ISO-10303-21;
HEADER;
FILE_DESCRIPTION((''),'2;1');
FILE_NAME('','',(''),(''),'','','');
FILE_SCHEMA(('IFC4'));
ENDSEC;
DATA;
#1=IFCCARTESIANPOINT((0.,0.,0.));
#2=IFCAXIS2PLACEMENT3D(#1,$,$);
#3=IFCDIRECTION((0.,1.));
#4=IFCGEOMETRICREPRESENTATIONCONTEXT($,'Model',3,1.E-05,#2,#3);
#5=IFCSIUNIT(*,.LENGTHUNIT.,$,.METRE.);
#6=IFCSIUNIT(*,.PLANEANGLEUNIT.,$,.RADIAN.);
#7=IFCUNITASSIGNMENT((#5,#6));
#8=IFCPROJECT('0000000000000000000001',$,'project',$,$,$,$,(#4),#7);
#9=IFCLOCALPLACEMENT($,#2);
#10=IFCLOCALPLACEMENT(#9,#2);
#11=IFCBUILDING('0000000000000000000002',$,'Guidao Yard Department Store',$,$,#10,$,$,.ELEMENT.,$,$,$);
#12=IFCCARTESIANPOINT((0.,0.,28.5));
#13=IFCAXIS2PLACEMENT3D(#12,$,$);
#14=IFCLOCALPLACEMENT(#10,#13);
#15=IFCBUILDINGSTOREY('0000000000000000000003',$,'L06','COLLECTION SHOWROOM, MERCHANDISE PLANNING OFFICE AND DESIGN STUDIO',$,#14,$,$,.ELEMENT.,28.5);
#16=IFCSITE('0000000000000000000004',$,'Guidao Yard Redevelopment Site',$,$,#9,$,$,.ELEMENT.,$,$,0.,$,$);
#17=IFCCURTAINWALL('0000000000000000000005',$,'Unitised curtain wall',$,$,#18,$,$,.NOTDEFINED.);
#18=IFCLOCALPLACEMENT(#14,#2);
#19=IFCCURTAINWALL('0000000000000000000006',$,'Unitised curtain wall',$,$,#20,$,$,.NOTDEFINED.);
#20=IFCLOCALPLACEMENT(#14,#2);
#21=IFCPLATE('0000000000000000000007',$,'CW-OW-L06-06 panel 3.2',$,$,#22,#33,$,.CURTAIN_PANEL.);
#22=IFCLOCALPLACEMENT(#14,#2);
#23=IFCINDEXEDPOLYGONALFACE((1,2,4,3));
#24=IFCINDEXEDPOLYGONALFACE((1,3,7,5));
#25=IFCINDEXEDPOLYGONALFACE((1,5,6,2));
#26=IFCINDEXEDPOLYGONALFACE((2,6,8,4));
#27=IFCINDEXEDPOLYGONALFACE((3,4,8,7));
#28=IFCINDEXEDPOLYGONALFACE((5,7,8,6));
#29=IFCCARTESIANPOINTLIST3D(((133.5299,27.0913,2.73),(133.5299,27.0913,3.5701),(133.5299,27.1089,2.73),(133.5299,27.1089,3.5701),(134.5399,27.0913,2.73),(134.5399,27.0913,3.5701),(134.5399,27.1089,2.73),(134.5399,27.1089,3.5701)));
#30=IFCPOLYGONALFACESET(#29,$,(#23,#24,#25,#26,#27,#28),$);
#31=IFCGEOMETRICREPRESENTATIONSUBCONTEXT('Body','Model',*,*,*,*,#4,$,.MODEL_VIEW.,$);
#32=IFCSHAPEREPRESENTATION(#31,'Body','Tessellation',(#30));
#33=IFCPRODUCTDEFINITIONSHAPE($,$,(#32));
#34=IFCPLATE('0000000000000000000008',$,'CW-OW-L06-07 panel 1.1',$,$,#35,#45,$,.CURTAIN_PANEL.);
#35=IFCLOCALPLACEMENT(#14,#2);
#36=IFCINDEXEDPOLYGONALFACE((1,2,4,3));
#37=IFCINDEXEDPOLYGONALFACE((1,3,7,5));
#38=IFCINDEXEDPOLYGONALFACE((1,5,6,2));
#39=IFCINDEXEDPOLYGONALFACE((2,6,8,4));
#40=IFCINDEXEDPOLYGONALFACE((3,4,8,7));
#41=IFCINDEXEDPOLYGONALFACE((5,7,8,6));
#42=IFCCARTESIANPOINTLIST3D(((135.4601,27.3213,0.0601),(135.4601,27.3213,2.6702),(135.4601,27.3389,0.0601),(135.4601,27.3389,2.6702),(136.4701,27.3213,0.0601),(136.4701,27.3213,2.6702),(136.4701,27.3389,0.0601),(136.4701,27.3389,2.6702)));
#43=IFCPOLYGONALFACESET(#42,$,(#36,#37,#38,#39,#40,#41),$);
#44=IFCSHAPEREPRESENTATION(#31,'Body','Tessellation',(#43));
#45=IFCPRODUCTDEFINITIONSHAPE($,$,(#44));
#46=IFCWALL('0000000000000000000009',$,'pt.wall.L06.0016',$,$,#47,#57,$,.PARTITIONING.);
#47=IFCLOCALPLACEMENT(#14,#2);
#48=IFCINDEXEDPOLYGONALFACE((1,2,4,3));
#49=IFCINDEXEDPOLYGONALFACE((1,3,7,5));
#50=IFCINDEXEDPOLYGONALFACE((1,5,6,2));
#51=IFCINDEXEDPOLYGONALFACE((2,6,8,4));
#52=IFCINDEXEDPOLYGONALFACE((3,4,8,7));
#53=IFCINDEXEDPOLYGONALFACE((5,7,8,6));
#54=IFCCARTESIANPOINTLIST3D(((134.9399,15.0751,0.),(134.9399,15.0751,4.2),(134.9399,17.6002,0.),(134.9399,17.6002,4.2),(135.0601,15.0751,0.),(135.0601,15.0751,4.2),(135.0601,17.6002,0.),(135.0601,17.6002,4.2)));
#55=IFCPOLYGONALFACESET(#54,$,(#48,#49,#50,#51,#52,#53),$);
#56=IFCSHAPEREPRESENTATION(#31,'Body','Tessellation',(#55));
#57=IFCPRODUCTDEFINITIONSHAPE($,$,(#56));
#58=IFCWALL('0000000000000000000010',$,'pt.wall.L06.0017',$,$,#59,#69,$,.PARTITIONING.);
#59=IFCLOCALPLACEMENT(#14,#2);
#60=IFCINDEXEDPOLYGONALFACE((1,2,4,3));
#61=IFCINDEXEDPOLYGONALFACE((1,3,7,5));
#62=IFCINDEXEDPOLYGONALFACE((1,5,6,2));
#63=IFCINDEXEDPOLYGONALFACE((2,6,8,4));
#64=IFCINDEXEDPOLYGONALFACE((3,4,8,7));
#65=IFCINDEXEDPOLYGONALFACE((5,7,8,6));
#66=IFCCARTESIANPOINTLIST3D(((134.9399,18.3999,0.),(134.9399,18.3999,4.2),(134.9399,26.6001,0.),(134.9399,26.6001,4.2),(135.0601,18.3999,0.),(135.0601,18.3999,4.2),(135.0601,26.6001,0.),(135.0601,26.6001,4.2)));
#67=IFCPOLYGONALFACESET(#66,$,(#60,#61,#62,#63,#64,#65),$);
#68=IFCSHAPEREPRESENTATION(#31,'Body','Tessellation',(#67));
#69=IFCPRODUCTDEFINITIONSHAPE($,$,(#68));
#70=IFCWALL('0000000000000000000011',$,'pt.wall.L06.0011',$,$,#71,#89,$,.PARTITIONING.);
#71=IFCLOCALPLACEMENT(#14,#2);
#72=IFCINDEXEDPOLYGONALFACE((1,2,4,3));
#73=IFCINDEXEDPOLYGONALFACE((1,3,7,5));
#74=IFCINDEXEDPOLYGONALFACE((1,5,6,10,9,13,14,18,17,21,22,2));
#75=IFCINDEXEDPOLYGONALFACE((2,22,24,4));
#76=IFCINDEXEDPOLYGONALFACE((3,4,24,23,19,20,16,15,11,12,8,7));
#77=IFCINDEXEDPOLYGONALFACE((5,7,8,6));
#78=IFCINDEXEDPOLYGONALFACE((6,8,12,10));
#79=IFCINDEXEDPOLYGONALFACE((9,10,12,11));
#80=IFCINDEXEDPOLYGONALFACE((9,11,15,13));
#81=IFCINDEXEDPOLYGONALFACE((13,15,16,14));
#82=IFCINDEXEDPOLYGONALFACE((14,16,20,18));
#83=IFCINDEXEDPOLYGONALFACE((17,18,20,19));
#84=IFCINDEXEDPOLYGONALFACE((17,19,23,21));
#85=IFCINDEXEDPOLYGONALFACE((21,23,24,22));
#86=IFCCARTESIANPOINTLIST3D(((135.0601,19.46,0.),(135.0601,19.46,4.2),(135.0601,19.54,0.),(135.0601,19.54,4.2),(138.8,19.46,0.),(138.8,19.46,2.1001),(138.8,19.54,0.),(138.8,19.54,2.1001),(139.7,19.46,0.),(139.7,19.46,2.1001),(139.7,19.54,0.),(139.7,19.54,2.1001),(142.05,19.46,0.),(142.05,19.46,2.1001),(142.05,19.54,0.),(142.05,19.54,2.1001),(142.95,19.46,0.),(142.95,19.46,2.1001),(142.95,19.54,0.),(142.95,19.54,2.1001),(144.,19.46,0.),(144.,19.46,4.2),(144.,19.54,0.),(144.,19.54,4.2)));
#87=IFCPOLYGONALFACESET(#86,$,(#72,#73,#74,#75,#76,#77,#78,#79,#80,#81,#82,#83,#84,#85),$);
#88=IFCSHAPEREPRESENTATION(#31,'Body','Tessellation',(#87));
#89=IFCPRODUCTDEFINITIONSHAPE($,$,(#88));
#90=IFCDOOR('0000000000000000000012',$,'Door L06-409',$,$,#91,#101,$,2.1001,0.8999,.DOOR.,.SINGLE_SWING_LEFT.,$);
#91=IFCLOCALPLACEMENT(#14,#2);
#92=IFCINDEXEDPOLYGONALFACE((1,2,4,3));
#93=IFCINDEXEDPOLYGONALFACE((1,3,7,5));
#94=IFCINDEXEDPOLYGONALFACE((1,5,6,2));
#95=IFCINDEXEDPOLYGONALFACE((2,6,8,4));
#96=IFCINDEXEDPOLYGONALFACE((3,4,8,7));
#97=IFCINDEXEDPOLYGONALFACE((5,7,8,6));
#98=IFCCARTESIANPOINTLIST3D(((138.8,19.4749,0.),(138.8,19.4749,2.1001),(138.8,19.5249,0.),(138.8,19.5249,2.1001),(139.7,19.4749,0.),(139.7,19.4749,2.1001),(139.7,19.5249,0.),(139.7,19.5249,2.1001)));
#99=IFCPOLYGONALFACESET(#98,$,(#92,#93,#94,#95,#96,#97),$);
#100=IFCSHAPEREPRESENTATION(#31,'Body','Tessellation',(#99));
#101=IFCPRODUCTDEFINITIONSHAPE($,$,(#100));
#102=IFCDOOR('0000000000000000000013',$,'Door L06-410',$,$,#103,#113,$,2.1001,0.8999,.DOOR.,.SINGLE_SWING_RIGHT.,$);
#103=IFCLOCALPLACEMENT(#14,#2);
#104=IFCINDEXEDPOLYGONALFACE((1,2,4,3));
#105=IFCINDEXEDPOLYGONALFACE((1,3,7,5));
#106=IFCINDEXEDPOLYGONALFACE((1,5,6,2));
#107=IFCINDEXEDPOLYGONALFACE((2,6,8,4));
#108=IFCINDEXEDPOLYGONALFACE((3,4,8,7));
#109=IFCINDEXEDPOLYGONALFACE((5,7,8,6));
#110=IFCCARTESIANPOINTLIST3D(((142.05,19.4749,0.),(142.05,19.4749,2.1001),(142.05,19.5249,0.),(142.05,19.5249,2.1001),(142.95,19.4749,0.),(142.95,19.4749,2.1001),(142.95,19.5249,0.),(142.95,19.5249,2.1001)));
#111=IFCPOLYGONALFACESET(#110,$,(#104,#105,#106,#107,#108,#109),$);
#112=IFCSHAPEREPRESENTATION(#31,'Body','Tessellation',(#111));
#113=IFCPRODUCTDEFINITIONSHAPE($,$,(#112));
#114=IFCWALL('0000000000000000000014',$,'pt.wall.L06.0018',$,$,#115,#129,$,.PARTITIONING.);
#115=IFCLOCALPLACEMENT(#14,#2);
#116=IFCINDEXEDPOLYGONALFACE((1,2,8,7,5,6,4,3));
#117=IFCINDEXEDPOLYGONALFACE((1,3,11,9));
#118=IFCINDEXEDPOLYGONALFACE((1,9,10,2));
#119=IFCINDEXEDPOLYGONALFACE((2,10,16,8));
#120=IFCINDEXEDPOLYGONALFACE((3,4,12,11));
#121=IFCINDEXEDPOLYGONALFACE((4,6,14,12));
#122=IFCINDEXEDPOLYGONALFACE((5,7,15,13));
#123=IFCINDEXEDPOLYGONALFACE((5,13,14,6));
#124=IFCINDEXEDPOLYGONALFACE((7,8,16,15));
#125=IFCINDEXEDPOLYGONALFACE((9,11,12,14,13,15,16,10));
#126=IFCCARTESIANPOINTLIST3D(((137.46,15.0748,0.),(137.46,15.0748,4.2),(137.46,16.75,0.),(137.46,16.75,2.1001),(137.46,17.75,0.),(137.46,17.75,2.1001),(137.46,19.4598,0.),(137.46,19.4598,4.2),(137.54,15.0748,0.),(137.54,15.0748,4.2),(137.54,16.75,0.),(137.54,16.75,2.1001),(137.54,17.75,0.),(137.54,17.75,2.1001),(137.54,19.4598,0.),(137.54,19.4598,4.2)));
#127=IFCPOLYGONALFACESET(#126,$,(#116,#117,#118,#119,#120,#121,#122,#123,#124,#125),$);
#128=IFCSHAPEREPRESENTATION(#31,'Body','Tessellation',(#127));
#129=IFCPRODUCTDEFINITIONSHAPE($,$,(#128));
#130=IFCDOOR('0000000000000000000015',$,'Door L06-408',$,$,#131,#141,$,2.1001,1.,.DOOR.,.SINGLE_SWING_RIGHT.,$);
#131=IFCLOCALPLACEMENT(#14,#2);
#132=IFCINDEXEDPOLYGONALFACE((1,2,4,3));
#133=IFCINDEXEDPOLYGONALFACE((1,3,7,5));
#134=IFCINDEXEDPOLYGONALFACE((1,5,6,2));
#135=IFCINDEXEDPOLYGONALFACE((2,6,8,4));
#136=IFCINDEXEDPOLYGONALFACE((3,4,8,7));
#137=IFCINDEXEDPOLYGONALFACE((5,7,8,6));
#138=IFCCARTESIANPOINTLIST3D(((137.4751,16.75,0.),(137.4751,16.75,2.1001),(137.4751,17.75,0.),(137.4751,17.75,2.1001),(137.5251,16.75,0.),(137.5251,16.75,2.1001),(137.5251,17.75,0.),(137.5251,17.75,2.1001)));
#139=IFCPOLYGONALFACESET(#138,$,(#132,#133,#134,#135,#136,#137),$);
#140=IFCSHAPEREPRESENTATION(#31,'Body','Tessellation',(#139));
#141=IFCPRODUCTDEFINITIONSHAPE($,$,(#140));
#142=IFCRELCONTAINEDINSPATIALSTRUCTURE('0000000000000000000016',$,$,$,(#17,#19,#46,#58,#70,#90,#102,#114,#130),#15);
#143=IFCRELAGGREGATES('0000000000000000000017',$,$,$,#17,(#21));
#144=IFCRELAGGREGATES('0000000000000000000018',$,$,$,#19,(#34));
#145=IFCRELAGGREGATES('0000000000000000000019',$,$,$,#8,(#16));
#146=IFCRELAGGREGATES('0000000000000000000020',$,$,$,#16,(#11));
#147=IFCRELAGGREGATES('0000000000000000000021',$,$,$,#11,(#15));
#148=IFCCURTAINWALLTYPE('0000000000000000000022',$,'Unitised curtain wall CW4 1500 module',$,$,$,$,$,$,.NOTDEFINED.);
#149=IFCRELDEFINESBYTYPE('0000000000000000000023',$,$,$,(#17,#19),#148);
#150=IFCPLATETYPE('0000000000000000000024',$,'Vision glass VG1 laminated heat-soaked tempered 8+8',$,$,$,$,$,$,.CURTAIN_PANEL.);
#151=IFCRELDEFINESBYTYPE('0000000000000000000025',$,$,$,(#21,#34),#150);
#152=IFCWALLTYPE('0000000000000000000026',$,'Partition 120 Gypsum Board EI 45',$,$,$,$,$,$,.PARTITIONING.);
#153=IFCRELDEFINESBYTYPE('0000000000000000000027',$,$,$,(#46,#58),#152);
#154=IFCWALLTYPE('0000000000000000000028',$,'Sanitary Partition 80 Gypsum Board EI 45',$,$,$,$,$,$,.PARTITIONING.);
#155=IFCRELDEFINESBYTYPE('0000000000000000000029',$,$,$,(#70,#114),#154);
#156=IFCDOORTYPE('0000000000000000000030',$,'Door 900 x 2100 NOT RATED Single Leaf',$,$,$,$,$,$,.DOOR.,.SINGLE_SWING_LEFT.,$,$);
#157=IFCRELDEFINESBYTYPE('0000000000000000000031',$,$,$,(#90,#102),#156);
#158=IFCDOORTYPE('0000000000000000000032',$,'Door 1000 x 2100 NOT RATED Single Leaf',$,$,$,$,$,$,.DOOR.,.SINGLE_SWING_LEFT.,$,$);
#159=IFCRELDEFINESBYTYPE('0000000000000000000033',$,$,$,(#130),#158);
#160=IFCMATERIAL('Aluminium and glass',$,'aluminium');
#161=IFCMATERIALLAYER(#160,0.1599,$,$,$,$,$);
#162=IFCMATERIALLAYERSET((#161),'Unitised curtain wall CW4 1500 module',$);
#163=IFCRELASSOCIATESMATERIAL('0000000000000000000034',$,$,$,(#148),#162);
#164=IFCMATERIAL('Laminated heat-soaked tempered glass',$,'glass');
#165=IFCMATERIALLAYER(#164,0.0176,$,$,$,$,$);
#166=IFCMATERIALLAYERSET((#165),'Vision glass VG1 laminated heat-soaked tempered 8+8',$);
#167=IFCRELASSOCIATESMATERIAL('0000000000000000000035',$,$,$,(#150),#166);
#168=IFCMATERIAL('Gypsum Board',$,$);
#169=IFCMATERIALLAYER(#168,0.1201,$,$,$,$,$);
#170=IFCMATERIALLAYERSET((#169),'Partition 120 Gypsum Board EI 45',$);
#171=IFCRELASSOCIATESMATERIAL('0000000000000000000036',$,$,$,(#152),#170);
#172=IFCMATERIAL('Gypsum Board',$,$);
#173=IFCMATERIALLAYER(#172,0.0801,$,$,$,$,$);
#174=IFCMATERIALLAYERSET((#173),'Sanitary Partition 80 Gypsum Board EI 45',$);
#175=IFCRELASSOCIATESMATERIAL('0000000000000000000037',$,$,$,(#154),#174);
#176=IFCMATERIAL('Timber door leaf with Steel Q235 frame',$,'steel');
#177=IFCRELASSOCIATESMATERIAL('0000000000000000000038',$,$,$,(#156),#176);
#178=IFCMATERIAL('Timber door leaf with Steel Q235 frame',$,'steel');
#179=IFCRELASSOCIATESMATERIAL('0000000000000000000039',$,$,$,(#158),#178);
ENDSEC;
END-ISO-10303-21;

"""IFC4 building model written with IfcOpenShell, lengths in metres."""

from ifc_helpers import new_model, si_unit, direction, frame, frame_2d, origin, origin_2d, place, context, subcontext, project, spatial, rectangle, extrude, material, layer, layer_set, type_object, element, fill, aggregate, save


model = new_model("IFC4")

# Units and contexts
model_context = context("Model", 3, precision=1e-05, world=origin(), true_north=direction((0.0, 1.0)))
body_context = subcontext(model_context, "Body", "Model", "MODEL_VIEW")
ifc_project = project(units=[si_unit("LENGTHUNIT", "METRE"), si_unit("PLANEANGLEUNIT", "RADIAN")], contexts=[model_context])

# Site, building, storey
site_placement = place(None, origin())
site = spatial("IfcSite", under=ifc_project, at=site_placement, Name="Guidao Yard Redevelopment Site", CompositionType="ELEMENT", RefElevation=0.0)
building_placement = place(site_placement, origin())
building = spatial("IfcBuilding", under=site, at=building_placement, Name="Guidao Yard Department Store", CompositionType="ELEMENT")
storey_placement = place(building_placement, frame((0.0, 0.0, 28.5)))
storey = spatial("IfcBuildingStorey", under=building, at=storey_placement, Name="L06", Description="COLLECTION SHOWROOM, MERCHANDISE PLANNING OFFICE AND DESIGN STUDIO", CompositionType="ELEMENT", Elevation=28.5)

# Curtain walls
ifc_material_1 = material(Name="Aluminium and glass", Category="aluminium")
ifc_layer_1 = layer(ifc_material_1, 0.1599)
ifc_layer_set_1 = layer_set([ifc_layer_1], Name="Unitised curtain wall CW4 1500 module")
curtain_wall_type = type_object("IfcCurtainWallType", Name="Unitised curtain wall CW4 1500 module", PredefinedType="NOTDEFINED", material=ifc_layer_set_1)
curtain_wall_1_placement = place(storey_placement, origin())
curtain_wall_1 = element("IfcCurtainWall", 1, at=curtain_wall_1_placement, inside=storey, type_object=curtain_wall_type, Name="Unitised curtain wall", PredefinedType="NOTDEFINED")
curtain_wall_2_placement = place(storey_placement, origin())
curtain_wall_2 = element("IfcCurtainWall", 2, at=curtain_wall_2_placement, inside=storey, type_object=curtain_wall_type, Name="Unitised curtain wall", PredefinedType="NOTDEFINED")

# Plates
ifc_material_2 = material(Name="Laminated heat-soaked tempered glass", Category="glass")
ifc_layer_2 = layer(ifc_material_2, 0.0176)
ifc_layer_set_2 = layer_set([ifc_layer_2], Name="Vision glass VG1 laminated heat-soaked tempered 8+8")
plate_type_1 = type_object("IfcPlateType", Name="Vision glass VG1 laminated heat-soaked tempered 8+8", PredefinedType="CURTAIN_PANEL", material=ifc_layer_set_2)
plate_1_placement = place(storey_placement, frame((134.0349, 27.1001, 2.73), z_axis=(0.0, 0.0, 1.0), x_axis=(1.0, 0.0, 0.0)))
plate_1 = element("IfcPlate", 3, at=plate_1_placement, type_object=plate_type_1, Name="CW-OW-L06-06 panel 3.2", PredefinedType="CURTAIN_PANEL", context=body_context, shape_type="SweptSolid", body=[
    extrude(rectangle(XDim=1.01, YDim=0.0176, at=origin_2d()), origin(), (0.0, 0.0, 1.0), 0.8401),
])
aggregate(curtain_wall_1, [plate_1])
plate_2_placement = place(storey_placement, frame((135.9651, 27.3301, 0.0601), z_axis=(0.0, 0.0, 1.0), x_axis=(1.0, 0.0, 0.0)))
plate_2 = element("IfcPlate", 4, at=plate_2_placement, type_object=plate_type_1, Name="CW-OW-L06-07 panel 1.1", PredefinedType="CURTAIN_PANEL", context=body_context, shape_type="SweptSolid", body=[
    extrude(rectangle(XDim=1.01, YDim=0.0176, at=origin_2d()), origin(), (0.0, 0.0, 1.0), 2.6101),
])
aggregate(curtain_wall_2, [plate_2])

# Walls
ifc_material_3 = material(Name="Gypsum Board")
ifc_layer_3 = layer(ifc_material_3, 0.1201)
ifc_layer_set_3 = layer_set([ifc_layer_3], Name="Partition 120 Gypsum Board EI 45")
wall_type_1 = type_object("IfcWallType", Name="Partition 120 Gypsum Board EI 45", PredefinedType="PARTITIONING", material=ifc_layer_set_3)
wall_1_placement = place(storey_placement, frame((135.0, 15.075, 0.0), z_axis=(0.0, 0.0, 1.0), x_axis=(0.0, 1.0, 0.0)))
element("IfcWall", 5, at=wall_1_placement, inside=storey, type_object=wall_type_1, Name="pt.wall.L06.0016", PredefinedType="PARTITIONING", context=body_context, shape_type="SweptSolid", body=[
    extrude(rectangle(XDim=2.5251, YDim=0.1201, at=frame_2d((1.2627, 0.0))), origin(), (0.0, 0.0, 1.0), 4.2),
])
wall_2_placement = place(storey_placement, frame((135.0, 18.3999, 0.0), z_axis=(0.0, 0.0, 1.0), x_axis=(0.0, 1.0, 0.0)))
element("IfcWall", 6, at=wall_2_placement, inside=storey, type_object=wall_type_1, Name="pt.wall.L06.0017", PredefinedType="PARTITIONING", context=body_context, shape_type="SweptSolid", body=[
    extrude(rectangle(XDim=8.2002, YDim=0.1201, at=frame_2d((4.1001, 0.0))), origin(), (0.0, 0.0, 1.0), 4.2),
])

# Wall, openings, doors
ifc_material_4 = material(Name="Gypsum Board")
ifc_layer_4 = layer(ifc_material_4, 0.0801)
ifc_layer_set_4 = layer_set([ifc_layer_4], Name="Sanitary Partition 80 Gypsum Board EI 45")
wall_type_2 = type_object("IfcWallType", Name="Sanitary Partition 80 Gypsum Board EI 45", PredefinedType="PARTITIONING", material=ifc_layer_set_4)
wall_3_placement = place(storey_placement, frame((135.0601, 19.5, 0.0), z_axis=(0.0, 0.0, 1.0), x_axis=(1.0, 0.0, 0.0)))
wall_3 = element("IfcWall", 7, at=wall_3_placement, inside=storey, type_object=wall_type_2, Name="pt.wall.L06.0011", PredefinedType="PARTITIONING", context=body_context, shape_type="SweptSolid", body=[
    extrude(rectangle(XDim=8.9399, YDim=0.0801, at=frame_2d((4.47, 0.0))), origin(), (0.0, 0.0, 1.0), 4.2),
])
opening_1_placement = place(wall_3_placement, frame((3.74, 0.0, 0.0)))
opening_1 = element("IfcOpeningElement", 8, at=opening_1_placement, cuts=wall_3, PredefinedType="OPENING", context=body_context, shape_type="SweptSolid", body=[
    extrude(rectangle(XDim=0.8999, YDim=2.1001, at=frame_2d((0.45, 1.05))), frame((0.0, 0.05, 0.0), z_axis=(0.0, -1.0, 0.0), x_axis=(1.0, 0.0, 0.0)), (0.0, 0.0, 1.0), 0.1001),
])
opening_2_placement = place(wall_3_placement, frame((6.99, 0.0, 0.0)))
opening_2 = element("IfcOpeningElement", 9, at=opening_2_placement, cuts=wall_3, PredefinedType="OPENING", context=body_context, shape_type="SweptSolid", body=[
    extrude(rectangle(XDim=0.8999, YDim=2.1001, at=frame_2d((0.45, 1.05))), frame((0.0, 0.05, 0.0), z_axis=(0.0, -1.0, 0.0), x_axis=(1.0, 0.0, 0.0)), (0.0, 0.0, 1.0), 0.1001),
])
ifc_material_5 = material(Name="Timber door leaf with Steel Q235 frame", Category="steel")
door_type_1 = type_object("IfcDoorType", Name="Door 900 x 2100 NOT RATED Single Leaf", OperationType="SINGLE_SWING_LEFT", PredefinedType="DOOR", material=ifc_material_5)
door_1_placement = place(opening_1_placement, origin())
door_1 = element("IfcDoor", 10, at=door_1_placement, inside=storey, type_object=door_type_1, Name="Door L06-409", OperationType="SINGLE_SWING_LEFT", OverallHeight=2.1001, OverallWidth=0.8999, PredefinedType="DOOR", context=body_context, shape_type="SweptSolid", body=[
    extrude(rectangle(XDim=0.8999, YDim=2.1001, at=frame_2d((0.45, 1.05))), frame((0.0, 0.0249, 0.0), z_axis=(0.0, -1.0, 0.0), x_axis=(1.0, 0.0, 0.0)), (0.0, 0.0, 1.0), 0.05),
])
fill(opening_1, door_1)
door_2_placement = place(opening_2_placement, origin())
door_2 = element("IfcDoor", 11, at=door_2_placement, inside=storey, type_object=door_type_1, Name="Door L06-410", OperationType="SINGLE_SWING_RIGHT", OverallHeight=2.1001, OverallWidth=0.8999, PredefinedType="DOOR", context=body_context, shape_type="SweptSolid", body=[
    extrude(rectangle(XDim=0.8999, YDim=2.1001, at=frame_2d((0.45, 1.05))), frame((0.0, 0.0249, 0.0), z_axis=(0.0, -1.0, 0.0), x_axis=(1.0, 0.0, 0.0)), (0.0, 0.0, 1.0), 0.05),
])
fill(opening_2, door_2)

# Wall, opening, door
wall_4_placement = place(storey_placement, frame((137.5, 15.075, 0.0), z_axis=(0.0, 0.0, 1.0), x_axis=(0.0, 1.0, 0.0)))
wall_4 = element("IfcWall", 12, at=wall_4_placement, inside=storey, type_object=wall_type_2, Name="pt.wall.L06.0018", PredefinedType="PARTITIONING", context=body_context, shape_type="SweptSolid", body=[
    extrude(rectangle(XDim=4.385, YDim=0.0801, at=frame_2d((2.1924, 0.0))), origin(), (0.0, 0.0, 1.0), 4.2),
])
opening_3_placement = place(wall_4_placement, frame((1.675, 0.0, 0.0)))
opening_3 = element("IfcOpeningElement", 13, at=opening_3_placement, cuts=wall_4, PredefinedType="OPENING", context=body_context, shape_type="SweptSolid", body=[
    extrude(rectangle(XDim=1.0, YDim=2.1001, at=frame_2d((0.5, 1.05))), frame((0.0, 0.05, 0.0), z_axis=(0.0, -1.0, 0.0), x_axis=(1.0, 0.0, 0.0)), (0.0, 0.0, 1.0), 0.1001),
])
ifc_material_6 = material(Name="Timber door leaf with Steel Q235 frame", Category="steel")
door_type_2 = type_object("IfcDoorType", Name="Door 1000 x 2100 NOT RATED Single Leaf", OperationType="SINGLE_SWING_LEFT", PredefinedType="DOOR", material=ifc_material_6)
door_3_placement = place(opening_3_placement, origin())
door_3 = element("IfcDoor", 14, at=door_3_placement, inside=storey, type_object=door_type_2, Name="Door L06-408", OperationType="SINGLE_SWING_RIGHT", OverallHeight=2.1001, OverallWidth=1.0, PredefinedType="DOOR", context=body_context, shape_type="SweptSolid", body=[
    extrude(rectangle(XDim=1.0, YDim=2.1001, at=frame_2d((0.5, 1.05))), frame((0.0, 0.0249, 0.0), z_axis=(0.0, -1.0, 0.0), x_axis=(1.0, 0.0, 0.0)), (0.0, 0.0, 1.0), 0.05),
])
fill(opening_3, door_3)

save(model, "model.ifc")
